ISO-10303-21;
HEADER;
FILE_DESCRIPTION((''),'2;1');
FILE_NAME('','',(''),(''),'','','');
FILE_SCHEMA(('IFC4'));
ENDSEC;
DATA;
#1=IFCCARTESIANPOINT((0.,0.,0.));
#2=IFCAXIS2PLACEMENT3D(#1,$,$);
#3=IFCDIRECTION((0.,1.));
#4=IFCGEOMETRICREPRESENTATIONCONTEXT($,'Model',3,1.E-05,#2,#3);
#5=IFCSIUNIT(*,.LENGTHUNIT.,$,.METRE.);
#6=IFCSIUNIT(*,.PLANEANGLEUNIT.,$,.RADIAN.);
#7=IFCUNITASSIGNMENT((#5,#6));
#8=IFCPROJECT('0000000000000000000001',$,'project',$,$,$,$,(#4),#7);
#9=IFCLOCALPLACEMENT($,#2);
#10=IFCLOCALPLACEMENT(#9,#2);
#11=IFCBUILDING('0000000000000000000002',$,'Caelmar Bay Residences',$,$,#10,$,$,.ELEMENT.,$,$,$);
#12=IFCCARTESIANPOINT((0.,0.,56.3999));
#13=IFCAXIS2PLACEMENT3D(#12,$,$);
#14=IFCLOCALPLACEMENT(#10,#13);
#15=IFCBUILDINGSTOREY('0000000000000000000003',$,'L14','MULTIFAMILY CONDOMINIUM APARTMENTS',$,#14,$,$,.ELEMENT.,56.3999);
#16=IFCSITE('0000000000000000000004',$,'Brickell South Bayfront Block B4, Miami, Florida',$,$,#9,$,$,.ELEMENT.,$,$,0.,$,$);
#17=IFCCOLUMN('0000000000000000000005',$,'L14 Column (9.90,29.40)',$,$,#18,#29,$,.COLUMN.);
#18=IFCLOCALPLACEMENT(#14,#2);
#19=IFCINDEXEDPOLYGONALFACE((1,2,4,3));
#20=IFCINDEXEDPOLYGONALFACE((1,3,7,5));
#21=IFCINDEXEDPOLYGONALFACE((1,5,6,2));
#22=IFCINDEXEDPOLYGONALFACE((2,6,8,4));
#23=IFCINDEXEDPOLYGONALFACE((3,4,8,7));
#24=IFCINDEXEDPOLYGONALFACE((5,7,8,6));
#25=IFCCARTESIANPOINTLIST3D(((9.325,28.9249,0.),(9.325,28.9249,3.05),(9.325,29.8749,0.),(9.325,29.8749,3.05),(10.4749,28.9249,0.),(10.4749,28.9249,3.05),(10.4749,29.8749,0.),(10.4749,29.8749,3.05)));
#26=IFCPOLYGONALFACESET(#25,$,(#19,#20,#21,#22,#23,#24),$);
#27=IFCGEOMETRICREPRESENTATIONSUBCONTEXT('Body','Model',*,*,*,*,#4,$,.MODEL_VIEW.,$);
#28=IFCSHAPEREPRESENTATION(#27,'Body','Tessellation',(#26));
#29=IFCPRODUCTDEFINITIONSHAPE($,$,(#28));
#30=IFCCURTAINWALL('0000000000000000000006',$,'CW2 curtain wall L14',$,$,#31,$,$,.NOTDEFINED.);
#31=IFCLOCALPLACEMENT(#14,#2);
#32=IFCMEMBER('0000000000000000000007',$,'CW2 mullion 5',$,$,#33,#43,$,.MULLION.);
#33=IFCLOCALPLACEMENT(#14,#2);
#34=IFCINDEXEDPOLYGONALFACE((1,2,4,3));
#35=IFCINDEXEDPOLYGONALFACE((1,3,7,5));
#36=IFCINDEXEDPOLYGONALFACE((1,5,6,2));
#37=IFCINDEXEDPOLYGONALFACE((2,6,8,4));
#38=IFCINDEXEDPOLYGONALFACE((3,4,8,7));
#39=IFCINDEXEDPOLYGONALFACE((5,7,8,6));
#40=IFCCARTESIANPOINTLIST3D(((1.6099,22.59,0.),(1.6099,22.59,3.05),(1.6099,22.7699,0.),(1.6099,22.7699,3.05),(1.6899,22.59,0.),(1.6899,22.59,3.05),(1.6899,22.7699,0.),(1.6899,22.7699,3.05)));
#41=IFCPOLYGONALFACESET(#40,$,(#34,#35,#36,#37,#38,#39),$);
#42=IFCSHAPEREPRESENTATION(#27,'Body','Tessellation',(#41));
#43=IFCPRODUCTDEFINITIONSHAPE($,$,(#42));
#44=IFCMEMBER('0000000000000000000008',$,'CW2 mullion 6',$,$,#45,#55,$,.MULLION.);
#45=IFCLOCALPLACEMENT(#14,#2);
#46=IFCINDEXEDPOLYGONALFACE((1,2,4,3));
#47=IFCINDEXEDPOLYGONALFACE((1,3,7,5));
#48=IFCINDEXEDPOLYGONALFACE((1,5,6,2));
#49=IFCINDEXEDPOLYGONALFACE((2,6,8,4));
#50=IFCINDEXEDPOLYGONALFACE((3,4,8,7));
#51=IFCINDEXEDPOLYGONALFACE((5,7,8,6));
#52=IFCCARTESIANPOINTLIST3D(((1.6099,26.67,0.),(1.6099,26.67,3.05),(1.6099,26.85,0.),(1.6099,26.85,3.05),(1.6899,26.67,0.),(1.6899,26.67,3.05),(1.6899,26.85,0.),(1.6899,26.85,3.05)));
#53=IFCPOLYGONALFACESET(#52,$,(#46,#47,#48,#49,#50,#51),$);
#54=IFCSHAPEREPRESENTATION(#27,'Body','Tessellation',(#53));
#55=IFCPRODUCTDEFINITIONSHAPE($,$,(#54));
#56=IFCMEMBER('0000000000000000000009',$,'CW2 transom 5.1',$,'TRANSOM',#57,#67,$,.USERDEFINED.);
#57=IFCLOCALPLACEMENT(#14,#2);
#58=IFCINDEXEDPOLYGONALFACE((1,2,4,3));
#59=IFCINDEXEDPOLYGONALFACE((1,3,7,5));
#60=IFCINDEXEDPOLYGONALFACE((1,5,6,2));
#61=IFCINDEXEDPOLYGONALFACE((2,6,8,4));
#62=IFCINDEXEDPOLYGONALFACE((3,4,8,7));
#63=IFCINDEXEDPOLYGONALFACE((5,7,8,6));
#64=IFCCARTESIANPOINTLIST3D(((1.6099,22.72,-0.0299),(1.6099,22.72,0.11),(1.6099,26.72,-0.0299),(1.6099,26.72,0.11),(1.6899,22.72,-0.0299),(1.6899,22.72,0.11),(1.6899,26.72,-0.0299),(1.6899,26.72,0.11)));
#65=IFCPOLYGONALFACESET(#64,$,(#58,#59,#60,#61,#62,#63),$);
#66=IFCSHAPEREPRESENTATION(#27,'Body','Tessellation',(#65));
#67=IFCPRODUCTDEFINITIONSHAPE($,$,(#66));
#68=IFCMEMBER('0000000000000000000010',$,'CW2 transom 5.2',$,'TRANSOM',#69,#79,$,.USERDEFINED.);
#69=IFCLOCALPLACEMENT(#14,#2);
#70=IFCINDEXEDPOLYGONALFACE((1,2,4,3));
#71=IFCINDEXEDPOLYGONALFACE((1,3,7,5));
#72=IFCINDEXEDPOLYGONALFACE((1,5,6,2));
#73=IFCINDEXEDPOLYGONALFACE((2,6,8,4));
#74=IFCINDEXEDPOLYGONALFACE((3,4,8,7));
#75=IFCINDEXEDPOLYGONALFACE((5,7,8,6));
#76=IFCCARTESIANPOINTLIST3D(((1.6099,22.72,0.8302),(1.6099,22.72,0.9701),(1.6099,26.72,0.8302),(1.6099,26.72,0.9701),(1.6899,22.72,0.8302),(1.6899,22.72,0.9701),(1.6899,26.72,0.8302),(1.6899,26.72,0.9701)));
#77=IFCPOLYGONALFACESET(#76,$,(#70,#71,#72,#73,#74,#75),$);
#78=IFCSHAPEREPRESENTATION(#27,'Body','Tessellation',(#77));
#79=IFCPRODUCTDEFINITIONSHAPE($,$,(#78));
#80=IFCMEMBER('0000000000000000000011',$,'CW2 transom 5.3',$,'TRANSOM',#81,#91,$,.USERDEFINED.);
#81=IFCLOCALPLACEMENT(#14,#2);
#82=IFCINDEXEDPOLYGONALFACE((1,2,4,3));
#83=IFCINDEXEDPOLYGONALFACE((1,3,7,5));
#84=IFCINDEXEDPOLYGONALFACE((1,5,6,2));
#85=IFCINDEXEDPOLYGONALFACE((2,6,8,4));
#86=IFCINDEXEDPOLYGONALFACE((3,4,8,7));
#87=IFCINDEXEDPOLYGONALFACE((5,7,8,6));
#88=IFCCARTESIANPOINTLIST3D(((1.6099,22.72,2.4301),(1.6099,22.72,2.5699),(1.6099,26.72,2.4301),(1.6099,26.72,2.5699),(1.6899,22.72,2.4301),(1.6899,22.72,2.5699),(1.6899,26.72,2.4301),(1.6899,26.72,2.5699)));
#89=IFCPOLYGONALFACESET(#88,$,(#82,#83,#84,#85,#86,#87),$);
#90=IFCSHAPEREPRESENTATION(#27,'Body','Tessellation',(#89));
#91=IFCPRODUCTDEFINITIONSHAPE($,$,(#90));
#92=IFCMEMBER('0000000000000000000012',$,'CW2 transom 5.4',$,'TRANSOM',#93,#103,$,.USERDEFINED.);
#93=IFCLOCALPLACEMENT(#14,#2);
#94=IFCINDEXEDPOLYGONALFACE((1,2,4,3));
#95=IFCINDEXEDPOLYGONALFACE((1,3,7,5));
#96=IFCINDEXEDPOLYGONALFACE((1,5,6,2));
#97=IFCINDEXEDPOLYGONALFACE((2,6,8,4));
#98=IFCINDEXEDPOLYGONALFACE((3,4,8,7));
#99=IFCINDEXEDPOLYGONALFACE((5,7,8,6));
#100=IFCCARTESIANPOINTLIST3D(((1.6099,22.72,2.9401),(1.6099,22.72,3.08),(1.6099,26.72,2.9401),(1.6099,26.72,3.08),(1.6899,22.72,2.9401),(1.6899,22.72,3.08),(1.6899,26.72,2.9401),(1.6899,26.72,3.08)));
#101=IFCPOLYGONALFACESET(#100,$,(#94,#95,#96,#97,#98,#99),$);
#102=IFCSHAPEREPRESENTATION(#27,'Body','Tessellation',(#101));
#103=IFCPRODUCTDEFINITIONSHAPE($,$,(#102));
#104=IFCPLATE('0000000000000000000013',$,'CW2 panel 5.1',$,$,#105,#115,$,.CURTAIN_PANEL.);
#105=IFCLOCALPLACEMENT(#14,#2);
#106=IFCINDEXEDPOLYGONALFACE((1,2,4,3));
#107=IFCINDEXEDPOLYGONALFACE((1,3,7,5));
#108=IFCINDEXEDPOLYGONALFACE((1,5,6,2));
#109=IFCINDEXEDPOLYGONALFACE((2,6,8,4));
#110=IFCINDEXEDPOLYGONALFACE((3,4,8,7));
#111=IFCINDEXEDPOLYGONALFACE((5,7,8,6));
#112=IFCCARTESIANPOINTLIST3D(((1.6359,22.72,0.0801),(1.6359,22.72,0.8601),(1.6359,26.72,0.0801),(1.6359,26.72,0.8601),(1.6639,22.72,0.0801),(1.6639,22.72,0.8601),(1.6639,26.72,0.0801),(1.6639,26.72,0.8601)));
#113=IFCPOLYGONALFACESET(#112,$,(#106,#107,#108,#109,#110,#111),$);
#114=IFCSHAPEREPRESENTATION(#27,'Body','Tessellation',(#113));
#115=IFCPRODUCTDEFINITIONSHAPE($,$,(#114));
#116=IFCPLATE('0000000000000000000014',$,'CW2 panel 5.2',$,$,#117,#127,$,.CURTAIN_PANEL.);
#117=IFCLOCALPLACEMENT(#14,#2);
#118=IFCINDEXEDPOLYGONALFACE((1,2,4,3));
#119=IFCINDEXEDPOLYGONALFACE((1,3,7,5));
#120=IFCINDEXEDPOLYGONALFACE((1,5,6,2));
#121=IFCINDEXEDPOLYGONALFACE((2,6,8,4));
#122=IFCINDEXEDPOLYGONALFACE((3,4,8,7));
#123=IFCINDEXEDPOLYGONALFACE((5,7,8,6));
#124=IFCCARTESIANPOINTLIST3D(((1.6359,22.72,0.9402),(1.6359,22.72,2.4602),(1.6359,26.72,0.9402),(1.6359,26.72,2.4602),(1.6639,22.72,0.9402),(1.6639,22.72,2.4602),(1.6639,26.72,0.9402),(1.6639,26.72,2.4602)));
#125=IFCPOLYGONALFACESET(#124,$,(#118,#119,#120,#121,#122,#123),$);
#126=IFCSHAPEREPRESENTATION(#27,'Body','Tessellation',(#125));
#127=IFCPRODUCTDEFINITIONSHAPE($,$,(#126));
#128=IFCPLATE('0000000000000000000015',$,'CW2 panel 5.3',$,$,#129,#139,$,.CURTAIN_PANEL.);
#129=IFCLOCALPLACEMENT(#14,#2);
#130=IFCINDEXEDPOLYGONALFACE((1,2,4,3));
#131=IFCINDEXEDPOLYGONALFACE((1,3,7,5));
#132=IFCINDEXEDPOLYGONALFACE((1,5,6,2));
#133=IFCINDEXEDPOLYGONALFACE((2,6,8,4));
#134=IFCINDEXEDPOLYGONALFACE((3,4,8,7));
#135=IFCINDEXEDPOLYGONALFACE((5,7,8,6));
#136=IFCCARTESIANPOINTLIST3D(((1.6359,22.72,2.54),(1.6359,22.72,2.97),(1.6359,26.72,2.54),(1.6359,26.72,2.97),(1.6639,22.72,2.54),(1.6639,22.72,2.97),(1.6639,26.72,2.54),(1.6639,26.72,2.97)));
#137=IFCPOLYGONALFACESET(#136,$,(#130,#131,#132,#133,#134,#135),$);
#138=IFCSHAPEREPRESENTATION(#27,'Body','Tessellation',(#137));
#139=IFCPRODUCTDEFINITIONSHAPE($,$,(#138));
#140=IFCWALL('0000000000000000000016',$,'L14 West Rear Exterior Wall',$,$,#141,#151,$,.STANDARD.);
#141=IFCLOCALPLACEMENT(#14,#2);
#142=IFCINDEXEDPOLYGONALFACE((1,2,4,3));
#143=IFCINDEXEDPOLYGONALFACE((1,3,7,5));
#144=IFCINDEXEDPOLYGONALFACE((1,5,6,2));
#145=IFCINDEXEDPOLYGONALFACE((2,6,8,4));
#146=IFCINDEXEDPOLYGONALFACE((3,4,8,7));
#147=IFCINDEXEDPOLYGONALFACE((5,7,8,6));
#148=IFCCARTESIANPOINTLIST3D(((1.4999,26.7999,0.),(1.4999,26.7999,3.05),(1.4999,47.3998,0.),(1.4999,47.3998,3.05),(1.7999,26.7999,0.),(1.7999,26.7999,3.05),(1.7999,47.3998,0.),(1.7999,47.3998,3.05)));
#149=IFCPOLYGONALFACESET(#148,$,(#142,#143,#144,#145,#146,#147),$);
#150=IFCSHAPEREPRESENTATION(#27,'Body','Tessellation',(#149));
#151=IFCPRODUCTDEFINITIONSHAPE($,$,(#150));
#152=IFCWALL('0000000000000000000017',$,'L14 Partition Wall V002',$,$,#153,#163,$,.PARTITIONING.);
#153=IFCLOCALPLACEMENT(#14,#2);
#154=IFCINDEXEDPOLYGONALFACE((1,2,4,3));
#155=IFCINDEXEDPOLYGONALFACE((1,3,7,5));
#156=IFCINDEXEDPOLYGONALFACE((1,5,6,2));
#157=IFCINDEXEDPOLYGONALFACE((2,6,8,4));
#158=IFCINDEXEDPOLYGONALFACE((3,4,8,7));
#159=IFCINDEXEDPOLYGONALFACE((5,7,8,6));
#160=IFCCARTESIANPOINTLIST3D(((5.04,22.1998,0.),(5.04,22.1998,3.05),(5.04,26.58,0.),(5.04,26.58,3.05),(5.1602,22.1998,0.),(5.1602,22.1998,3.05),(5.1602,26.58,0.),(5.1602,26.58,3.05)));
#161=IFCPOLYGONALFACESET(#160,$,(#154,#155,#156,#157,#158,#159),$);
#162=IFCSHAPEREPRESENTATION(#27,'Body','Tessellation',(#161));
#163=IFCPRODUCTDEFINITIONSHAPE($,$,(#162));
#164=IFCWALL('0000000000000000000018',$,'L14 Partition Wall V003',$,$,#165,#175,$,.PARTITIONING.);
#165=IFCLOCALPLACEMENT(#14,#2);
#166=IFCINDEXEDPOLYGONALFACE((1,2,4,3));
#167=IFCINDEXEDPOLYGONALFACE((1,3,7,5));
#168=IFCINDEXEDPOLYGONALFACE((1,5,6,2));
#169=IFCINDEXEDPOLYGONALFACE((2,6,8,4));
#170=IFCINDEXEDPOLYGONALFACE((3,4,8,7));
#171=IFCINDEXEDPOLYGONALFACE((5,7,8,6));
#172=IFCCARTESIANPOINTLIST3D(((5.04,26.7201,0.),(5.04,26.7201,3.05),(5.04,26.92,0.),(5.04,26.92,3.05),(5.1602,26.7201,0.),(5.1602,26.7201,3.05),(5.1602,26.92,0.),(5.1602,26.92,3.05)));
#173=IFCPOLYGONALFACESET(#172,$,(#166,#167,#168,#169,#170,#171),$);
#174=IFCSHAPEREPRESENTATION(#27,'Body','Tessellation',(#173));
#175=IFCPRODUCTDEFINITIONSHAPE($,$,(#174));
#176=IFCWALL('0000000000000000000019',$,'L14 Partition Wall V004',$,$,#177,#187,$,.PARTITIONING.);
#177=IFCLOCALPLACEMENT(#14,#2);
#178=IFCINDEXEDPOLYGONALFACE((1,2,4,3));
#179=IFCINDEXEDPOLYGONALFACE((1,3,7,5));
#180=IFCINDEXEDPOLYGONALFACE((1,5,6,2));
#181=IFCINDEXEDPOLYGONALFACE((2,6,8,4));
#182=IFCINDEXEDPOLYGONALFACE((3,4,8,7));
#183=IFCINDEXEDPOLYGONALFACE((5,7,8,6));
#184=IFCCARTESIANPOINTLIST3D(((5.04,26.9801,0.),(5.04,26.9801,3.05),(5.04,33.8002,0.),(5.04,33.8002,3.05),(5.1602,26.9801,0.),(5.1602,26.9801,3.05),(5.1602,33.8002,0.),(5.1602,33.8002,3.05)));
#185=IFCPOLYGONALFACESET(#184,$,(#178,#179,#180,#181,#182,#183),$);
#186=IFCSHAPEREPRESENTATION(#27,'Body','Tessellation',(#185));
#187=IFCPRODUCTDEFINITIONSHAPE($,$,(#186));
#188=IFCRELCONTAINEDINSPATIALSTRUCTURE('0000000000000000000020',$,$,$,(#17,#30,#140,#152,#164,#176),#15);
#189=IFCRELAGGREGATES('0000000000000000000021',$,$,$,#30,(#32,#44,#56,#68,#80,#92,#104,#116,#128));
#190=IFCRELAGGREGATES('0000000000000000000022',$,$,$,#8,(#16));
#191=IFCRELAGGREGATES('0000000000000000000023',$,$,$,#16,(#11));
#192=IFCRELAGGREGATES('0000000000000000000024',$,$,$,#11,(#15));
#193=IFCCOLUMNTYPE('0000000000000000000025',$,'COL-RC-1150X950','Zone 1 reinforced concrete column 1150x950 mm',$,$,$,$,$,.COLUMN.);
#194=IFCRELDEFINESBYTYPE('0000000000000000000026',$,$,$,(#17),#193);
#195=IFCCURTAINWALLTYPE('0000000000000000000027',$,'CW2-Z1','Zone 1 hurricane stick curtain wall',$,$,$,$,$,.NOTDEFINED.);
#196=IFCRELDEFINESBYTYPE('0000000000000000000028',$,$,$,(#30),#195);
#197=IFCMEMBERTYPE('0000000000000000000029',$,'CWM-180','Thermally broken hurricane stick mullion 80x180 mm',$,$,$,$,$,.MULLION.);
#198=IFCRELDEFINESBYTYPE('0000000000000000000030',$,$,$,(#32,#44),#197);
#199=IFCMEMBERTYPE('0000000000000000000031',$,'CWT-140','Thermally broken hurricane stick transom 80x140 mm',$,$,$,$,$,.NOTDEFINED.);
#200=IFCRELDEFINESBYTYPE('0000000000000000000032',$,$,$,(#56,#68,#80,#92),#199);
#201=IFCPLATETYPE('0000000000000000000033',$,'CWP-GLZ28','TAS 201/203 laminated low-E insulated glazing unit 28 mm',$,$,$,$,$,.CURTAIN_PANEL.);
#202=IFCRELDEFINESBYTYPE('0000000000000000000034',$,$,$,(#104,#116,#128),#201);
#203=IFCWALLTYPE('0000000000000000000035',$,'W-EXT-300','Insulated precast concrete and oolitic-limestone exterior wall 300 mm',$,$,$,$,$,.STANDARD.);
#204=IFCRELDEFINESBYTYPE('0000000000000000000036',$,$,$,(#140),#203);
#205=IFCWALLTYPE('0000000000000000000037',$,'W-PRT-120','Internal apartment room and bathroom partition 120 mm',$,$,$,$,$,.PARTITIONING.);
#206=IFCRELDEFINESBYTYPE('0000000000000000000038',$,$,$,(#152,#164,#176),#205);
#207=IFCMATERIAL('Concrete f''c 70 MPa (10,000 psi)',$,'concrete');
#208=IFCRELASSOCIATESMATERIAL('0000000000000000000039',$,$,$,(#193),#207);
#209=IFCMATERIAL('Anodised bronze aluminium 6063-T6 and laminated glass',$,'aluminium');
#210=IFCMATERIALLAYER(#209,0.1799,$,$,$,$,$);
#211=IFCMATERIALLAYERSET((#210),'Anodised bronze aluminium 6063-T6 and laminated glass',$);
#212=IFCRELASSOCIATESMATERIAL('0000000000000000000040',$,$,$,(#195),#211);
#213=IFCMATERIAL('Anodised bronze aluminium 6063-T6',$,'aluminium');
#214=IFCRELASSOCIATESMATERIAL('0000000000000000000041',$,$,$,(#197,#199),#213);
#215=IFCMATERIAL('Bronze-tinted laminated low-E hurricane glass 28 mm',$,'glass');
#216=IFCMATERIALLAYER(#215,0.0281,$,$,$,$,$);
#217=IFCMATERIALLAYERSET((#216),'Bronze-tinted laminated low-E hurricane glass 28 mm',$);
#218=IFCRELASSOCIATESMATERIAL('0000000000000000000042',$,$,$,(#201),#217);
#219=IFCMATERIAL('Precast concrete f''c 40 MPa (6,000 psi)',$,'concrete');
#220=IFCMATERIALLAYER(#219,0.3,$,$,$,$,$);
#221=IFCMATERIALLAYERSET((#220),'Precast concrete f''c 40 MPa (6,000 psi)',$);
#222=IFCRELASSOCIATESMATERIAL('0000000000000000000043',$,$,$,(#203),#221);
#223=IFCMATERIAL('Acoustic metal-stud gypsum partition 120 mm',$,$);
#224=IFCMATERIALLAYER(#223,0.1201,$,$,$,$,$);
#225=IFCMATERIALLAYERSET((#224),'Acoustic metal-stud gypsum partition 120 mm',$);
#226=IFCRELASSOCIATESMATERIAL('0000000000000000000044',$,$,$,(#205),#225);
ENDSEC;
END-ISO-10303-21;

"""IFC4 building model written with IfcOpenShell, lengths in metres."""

from ifc_helpers import new_model, si_unit, direction, frame, frame_2d, origin, origin_2d, place, context, subcontext, project, spatial, rectangle, extrude, material, layer, layer_set, material_profile, profile_set, type_object, element, aggregate, save


model = new_model("IFC4")

# Units and contexts
model_context = context("Model", 3, precision=1e-05, world=origin(), true_north=direction((0.0, 1.0)))
body_context = subcontext(model_context, "Body", "Model", "MODEL_VIEW")
ifc_project = project(units=[si_unit("LENGTHUNIT", "METRE"), si_unit("PLANEANGLEUNIT", "RADIAN")], contexts=[model_context])

# Site, building, storey
site_placement = place(None, origin())
site = spatial("IfcSite", under=ifc_project, at=site_placement, Name="Brickell South Bayfront Block B4, Miami, Florida", CompositionType="ELEMENT", RefElevation=0.0)
building_placement = place(site_placement, origin())
building = spatial("IfcBuilding", under=site, at=building_placement, Name="Caelmar Bay Residences", CompositionType="ELEMENT")
storey_placement = place(building_placement, frame((0.0, 0.0, 56.3999)))
storey = spatial("IfcBuildingStorey", under=building, at=storey_placement, Name="L14", Description="MULTIFAMILY CONDOMINIUM APARTMENTS", CompositionType="ELEMENT", Elevation=56.3999)

# Column
ifc_material_1 = material(Name="Concrete f'c 70 MPa (10,000 psi)", Category="concrete")
ifc_material_profile_1 = material_profile(ifc_material_1, rectangle(XDim=1.1499, YDim=0.95, at=origin_2d()), Name="RC-COL-1150X950")
ifc_profile_set_1 = profile_set([ifc_material_profile_1], Name="Concrete f'c 70 MPa (10,000 psi)")
column_type = type_object("IfcColumnType", Name="COL-RC-1150X950", Description="Zone 1 reinforced concrete column 1150x950 mm", PredefinedType="COLUMN", material=ifc_profile_set_1)
column_placement = place(storey_placement, frame((9.8999, 29.3999, 0.0), z_axis=(0.0, 0.0, 1.0), x_axis=(1.0, 0.0, 0.0)))
element("IfcColumn", 1, at=column_placement, inside=storey, type_object=column_type, Name="L14 Column (9.90,29.40)", PredefinedType="COLUMN", context=body_context, shape_type="SweptSolid", body=[
    extrude(rectangle(XDim=1.1499, YDim=0.95, at=origin_2d()), origin(), (0.0, 0.0, 1.0), 3.05),
])

# Curtain wall, members, plates
ifc_material_2 = material(Name="Anodised bronze aluminium 6063-T6 and laminated glass", Category="aluminium")
ifc_layer_1 = layer(ifc_material_2, 0.1799)
ifc_layer_set_1 = layer_set([ifc_layer_1], Name="Anodised bronze aluminium 6063-T6 and laminated glass")
curtain_wall_type = type_object("IfcCurtainWallType", Name="CW2-Z1", Description="Zone 1 hurricane stick curtain wall", PredefinedType="NOTDEFINED", material=ifc_layer_set_1)
curtain_wall_placement = place(storey_placement, origin())
curtain_wall = element("IfcCurtainWall", 2, at=curtain_wall_placement, inside=storey, type_object=curtain_wall_type, Name="CW2 curtain wall L14", PredefinedType="NOTDEFINED")
ifc_material_3 = material(Name="Anodised bronze aluminium 6063-T6", Category="aluminium")
ifc_material_profile_2 = material_profile(ifc_material_3, rectangle(XDim=0.0801, YDim=0.1799, at=origin_2d()), Name="CWM-80X180")
ifc_profile_set_2 = profile_set([ifc_material_profile_2], Name="Anodised bronze aluminium 6063-T6")
member_type_1 = type_object("IfcMemberType", Name="CWM-180", Description="Thermally broken hurricane stick mullion 80x180 mm", PredefinedType="MULLION", material=ifc_profile_set_2)
member_1_placement = place(storey_placement, frame((1.6499, 22.6799, 0.0), z_axis=(0.0, 0.0, 1.0), x_axis=(-1.0, 0.0, 0.0)))
member_1 = element("IfcMember", 3, at=member_1_placement, type_object=member_type_1, Name="CW2 mullion 5", PredefinedType="MULLION", context=body_context, shape_type="SweptSolid", body=[
    extrude(rectangle(XDim=0.0801, YDim=0.1799, at=origin_2d()), origin(), (0.0, 0.0, 1.0), 3.05),
])
member_2_placement = place(storey_placement, frame((1.6499, 26.76, 0.0), z_axis=(0.0, 0.0, 1.0), x_axis=(-1.0, 0.0, 0.0)))
member_2 = element("IfcMember", 4, at=member_2_placement, type_object=member_type_1, Name="CW2 mullion 6", PredefinedType="MULLION", context=body_context, shape_type="SweptSolid", body=[
    extrude(rectangle(XDim=0.0801, YDim=0.1799, at=origin_2d()), origin(), (0.0, 0.0, 1.0), 3.05),
])
ifc_material_profile_3 = material_profile(ifc_material_3, rectangle(XDim=0.0801, YDim=0.1399, at=origin_2d()), Name="CWT-80X140")
ifc_profile_set_3 = profile_set([ifc_material_profile_3], Name="Anodised bronze aluminium 6063-T6")
member_type_2 = type_object("IfcMemberType", Name="CWT-140", Description="Thermally broken hurricane stick transom 80x140 mm", PredefinedType="NOTDEFINED", material=ifc_profile_set_3)
member_3_placement = place(storey_placement, frame((1.6499, 22.72, 0.04), z_axis=(0.0, 1.0, 0.0), x_axis=(-1.0, 0.0, 0.0)))
member_3 = element("IfcMember", 5, at=member_3_placement, type_object=member_type_2, Name="CW2 transom 5.1", ObjectType="TRANSOM", PredefinedType="USERDEFINED", context=body_context, shape_type="SweptSolid", body=[
    extrude(rectangle(XDim=0.0801, YDim=0.1399, at=origin_2d()), origin(), (0.0, 0.0, 1.0), 4.0),
])
member_4_placement = place(storey_placement, frame((1.6499, 22.72, 0.9001), z_axis=(0.0, 1.0, 0.0), x_axis=(-1.0, 0.0, 0.0)))
member_4 = element("IfcMember", 6, at=member_4_placement, type_object=member_type_2, Name="CW2 transom 5.2", ObjectType="TRANSOM", PredefinedType="USERDEFINED", context=body_context, shape_type="SweptSolid", body=[
    extrude(rectangle(XDim=0.0801, YDim=0.1399, at=origin_2d()), origin(), (0.0, 0.0, 1.0), 4.0),
])
member_5_placement = place(storey_placement, frame((1.6499, 22.72, 2.5), z_axis=(0.0, 1.0, 0.0), x_axis=(-1.0, 0.0, 0.0)))
member_5 = element("IfcMember", 7, at=member_5_placement, type_object=member_type_2, Name="CW2 transom 5.3", ObjectType="TRANSOM", PredefinedType="USERDEFINED", context=body_context, shape_type="SweptSolid", body=[
    extrude(rectangle(XDim=0.0801, YDim=0.1399, at=origin_2d()), origin(), (0.0, 0.0, 1.0), 4.0),
])
member_6_placement = place(storey_placement, frame((1.6499, 22.72, 3.01), z_axis=(0.0, 1.0, 0.0), x_axis=(-1.0, 0.0, 0.0)))
member_6 = element("IfcMember", 8, at=member_6_placement, type_object=member_type_2, Name="CW2 transom 5.4", ObjectType="TRANSOM", PredefinedType="USERDEFINED", context=body_context, shape_type="SweptSolid", body=[
    extrude(rectangle(XDim=0.0801, YDim=0.1399, at=origin_2d()), origin(), (0.0, 0.0, 1.0), 4.0),
])
ifc_material_4 = material(Name="Bronze-tinted laminated low-E hurricane glass 28 mm", Category="glass")
ifc_layer_2 = layer(ifc_material_4, 0.0281)
ifc_layer_set_2 = layer_set([ifc_layer_2], Name="Bronze-tinted laminated low-E hurricane glass 28 mm")
plate_type = type_object("IfcPlateType", Name="CWP-GLZ28", Description="TAS 201/203 laminated low-E insulated glazing unit 28 mm", PredefinedType="CURTAIN_PANEL", material=ifc_layer_set_2)
plate_1_placement = place(storey_placement, frame((1.6499, 24.72, 0.0801), z_axis=(0.0, 0.0, 1.0), x_axis=(0.0, 1.0, 0.0)))
plate_1 = element("IfcPlate", 9, at=plate_1_placement, type_object=plate_type, Name="CW2 panel 5.1", PredefinedType="CURTAIN_PANEL", context=body_context, shape_type="SweptSolid", body=[
    extrude(rectangle(XDim=4.0, YDim=0.0281, at=origin_2d()), origin(), (0.0, 0.0, 1.0), 0.78),
])
plate_2_placement = place(storey_placement, frame((1.6499, 24.72, 0.9402), z_axis=(0.0, 0.0, 1.0), x_axis=(0.0, 1.0, 0.0)))
plate_2 = element("IfcPlate", 10, at=plate_2_placement, type_object=plate_type, Name="CW2 panel 5.2", PredefinedType="CURTAIN_PANEL", context=body_context, shape_type="SweptSolid", body=[
    extrude(rectangle(XDim=4.0, YDim=0.0281, at=origin_2d()), origin(), (0.0, 0.0, 1.0), 1.52),
])
plate_3_placement = place(storey_placement, frame((1.6499, 24.72, 2.54), z_axis=(0.0, 0.0, 1.0), x_axis=(0.0, 1.0, 0.0)))
plate_3 = element("IfcPlate", 11, at=plate_3_placement, type_object=plate_type, Name="CW2 panel 5.3", PredefinedType="CURTAIN_PANEL", context=body_context, shape_type="SweptSolid", body=[
    extrude(rectangle(XDim=4.0, YDim=0.0281, at=origin_2d()), origin(), (0.0, 0.0, 1.0), 0.4299),
])
aggregate(curtain_wall, [member_1, member_2, member_3, member_4, member_5, member_6, plate_1, plate_2, plate_3])

# Walls
ifc_material_5 = material(Name="Precast concrete f'c 40 MPa (6,000 psi)", Category="concrete")
ifc_layer_3 = layer(ifc_material_5, 0.3)
ifc_layer_set_3 = layer_set([ifc_layer_3], Name="Precast concrete f'c 40 MPa (6,000 psi)")
wall_type_1 = type_object("IfcWallType", Name="W-EXT-300", Description="Insulated precast concrete and oolitic-limestone exterior wall 300 mm", PredefinedType="STANDARD", material=ifc_layer_set_3)
wall_1_placement = place(storey_placement, frame((1.6499, 26.8, 0.0), z_axis=(0.0, 0.0, 1.0), x_axis=(0.0, 1.0, 0.0)))
element("IfcWall", 12, at=wall_1_placement, inside=storey, type_object=wall_type_1, Name="L14 West Rear Exterior Wall", PredefinedType="STANDARD", context=body_context, shape_type="SweptSolid", body=[
    extrude(rectangle(XDim=20.5999, YDim=0.3, at=frame_2d((10.2998, 0.0))), origin(), (0.0, 0.0, 1.0), 3.05),
])
ifc_material_6 = material(Name="Acoustic metal-stud gypsum partition 120 mm")
ifc_layer_4 = layer(ifc_material_6, 0.1201)
ifc_layer_set_4 = layer_set([ifc_layer_4], Name="Acoustic metal-stud gypsum partition 120 mm")
wall_type_2 = type_object("IfcWallType", Name="W-PRT-120", Description="Internal apartment room and bathroom partition 120 mm", PredefinedType="PARTITIONING", material=ifc_layer_set_4)
wall_2_placement = place(storey_placement, frame((5.1001, 22.2, 0.0), z_axis=(0.0, 0.0, 1.0), x_axis=(0.0, 1.0, 0.0)))
element("IfcWall", 13, at=wall_2_placement, inside=storey, type_object=wall_type_2, Name="L14 Partition Wall V002", PredefinedType="PARTITIONING", context=body_context, shape_type="SweptSolid", body=[
    extrude(rectangle(XDim=4.3801, YDim=0.1201, at=frame_2d((2.1899, 0.0))), origin(), (0.0, 0.0, 1.0), 3.05),
])
wall_3_placement = place(storey_placement, frame((5.1001, 26.72, 0.0), z_axis=(0.0, 0.0, 1.0), x_axis=(0.0, 1.0, 0.0)))
element("IfcWall", 14, at=wall_3_placement, inside=storey, type_object=wall_type_2, Name="L14 Partition Wall V003", PredefinedType="PARTITIONING", context=body_context, shape_type="SweptSolid", body=[
    extrude(rectangle(XDim=0.2, YDim=0.1201, at=frame_2d((0.1001, 0.0))), origin(), (0.0, 0.0, 1.0), 3.05),
])
wall_4_placement = place(storey_placement, frame((5.1001, 26.98, 0.0), z_axis=(0.0, 0.0, 1.0), x_axis=(0.0, 1.0, 0.0)))
element("IfcWall", 15, at=wall_4_placement, inside=storey, type_object=wall_type_2, Name="L14 Partition Wall V004", PredefinedType="PARTITIONING", context=body_context, shape_type="SweptSolid", body=[
    extrude(rectangle(XDim=6.8201, YDim=0.1201, at=frame_2d((3.4102, 0.0))), origin(), (0.0, 0.0, 1.0), 3.05),
])

save(model, "model.ifc")
